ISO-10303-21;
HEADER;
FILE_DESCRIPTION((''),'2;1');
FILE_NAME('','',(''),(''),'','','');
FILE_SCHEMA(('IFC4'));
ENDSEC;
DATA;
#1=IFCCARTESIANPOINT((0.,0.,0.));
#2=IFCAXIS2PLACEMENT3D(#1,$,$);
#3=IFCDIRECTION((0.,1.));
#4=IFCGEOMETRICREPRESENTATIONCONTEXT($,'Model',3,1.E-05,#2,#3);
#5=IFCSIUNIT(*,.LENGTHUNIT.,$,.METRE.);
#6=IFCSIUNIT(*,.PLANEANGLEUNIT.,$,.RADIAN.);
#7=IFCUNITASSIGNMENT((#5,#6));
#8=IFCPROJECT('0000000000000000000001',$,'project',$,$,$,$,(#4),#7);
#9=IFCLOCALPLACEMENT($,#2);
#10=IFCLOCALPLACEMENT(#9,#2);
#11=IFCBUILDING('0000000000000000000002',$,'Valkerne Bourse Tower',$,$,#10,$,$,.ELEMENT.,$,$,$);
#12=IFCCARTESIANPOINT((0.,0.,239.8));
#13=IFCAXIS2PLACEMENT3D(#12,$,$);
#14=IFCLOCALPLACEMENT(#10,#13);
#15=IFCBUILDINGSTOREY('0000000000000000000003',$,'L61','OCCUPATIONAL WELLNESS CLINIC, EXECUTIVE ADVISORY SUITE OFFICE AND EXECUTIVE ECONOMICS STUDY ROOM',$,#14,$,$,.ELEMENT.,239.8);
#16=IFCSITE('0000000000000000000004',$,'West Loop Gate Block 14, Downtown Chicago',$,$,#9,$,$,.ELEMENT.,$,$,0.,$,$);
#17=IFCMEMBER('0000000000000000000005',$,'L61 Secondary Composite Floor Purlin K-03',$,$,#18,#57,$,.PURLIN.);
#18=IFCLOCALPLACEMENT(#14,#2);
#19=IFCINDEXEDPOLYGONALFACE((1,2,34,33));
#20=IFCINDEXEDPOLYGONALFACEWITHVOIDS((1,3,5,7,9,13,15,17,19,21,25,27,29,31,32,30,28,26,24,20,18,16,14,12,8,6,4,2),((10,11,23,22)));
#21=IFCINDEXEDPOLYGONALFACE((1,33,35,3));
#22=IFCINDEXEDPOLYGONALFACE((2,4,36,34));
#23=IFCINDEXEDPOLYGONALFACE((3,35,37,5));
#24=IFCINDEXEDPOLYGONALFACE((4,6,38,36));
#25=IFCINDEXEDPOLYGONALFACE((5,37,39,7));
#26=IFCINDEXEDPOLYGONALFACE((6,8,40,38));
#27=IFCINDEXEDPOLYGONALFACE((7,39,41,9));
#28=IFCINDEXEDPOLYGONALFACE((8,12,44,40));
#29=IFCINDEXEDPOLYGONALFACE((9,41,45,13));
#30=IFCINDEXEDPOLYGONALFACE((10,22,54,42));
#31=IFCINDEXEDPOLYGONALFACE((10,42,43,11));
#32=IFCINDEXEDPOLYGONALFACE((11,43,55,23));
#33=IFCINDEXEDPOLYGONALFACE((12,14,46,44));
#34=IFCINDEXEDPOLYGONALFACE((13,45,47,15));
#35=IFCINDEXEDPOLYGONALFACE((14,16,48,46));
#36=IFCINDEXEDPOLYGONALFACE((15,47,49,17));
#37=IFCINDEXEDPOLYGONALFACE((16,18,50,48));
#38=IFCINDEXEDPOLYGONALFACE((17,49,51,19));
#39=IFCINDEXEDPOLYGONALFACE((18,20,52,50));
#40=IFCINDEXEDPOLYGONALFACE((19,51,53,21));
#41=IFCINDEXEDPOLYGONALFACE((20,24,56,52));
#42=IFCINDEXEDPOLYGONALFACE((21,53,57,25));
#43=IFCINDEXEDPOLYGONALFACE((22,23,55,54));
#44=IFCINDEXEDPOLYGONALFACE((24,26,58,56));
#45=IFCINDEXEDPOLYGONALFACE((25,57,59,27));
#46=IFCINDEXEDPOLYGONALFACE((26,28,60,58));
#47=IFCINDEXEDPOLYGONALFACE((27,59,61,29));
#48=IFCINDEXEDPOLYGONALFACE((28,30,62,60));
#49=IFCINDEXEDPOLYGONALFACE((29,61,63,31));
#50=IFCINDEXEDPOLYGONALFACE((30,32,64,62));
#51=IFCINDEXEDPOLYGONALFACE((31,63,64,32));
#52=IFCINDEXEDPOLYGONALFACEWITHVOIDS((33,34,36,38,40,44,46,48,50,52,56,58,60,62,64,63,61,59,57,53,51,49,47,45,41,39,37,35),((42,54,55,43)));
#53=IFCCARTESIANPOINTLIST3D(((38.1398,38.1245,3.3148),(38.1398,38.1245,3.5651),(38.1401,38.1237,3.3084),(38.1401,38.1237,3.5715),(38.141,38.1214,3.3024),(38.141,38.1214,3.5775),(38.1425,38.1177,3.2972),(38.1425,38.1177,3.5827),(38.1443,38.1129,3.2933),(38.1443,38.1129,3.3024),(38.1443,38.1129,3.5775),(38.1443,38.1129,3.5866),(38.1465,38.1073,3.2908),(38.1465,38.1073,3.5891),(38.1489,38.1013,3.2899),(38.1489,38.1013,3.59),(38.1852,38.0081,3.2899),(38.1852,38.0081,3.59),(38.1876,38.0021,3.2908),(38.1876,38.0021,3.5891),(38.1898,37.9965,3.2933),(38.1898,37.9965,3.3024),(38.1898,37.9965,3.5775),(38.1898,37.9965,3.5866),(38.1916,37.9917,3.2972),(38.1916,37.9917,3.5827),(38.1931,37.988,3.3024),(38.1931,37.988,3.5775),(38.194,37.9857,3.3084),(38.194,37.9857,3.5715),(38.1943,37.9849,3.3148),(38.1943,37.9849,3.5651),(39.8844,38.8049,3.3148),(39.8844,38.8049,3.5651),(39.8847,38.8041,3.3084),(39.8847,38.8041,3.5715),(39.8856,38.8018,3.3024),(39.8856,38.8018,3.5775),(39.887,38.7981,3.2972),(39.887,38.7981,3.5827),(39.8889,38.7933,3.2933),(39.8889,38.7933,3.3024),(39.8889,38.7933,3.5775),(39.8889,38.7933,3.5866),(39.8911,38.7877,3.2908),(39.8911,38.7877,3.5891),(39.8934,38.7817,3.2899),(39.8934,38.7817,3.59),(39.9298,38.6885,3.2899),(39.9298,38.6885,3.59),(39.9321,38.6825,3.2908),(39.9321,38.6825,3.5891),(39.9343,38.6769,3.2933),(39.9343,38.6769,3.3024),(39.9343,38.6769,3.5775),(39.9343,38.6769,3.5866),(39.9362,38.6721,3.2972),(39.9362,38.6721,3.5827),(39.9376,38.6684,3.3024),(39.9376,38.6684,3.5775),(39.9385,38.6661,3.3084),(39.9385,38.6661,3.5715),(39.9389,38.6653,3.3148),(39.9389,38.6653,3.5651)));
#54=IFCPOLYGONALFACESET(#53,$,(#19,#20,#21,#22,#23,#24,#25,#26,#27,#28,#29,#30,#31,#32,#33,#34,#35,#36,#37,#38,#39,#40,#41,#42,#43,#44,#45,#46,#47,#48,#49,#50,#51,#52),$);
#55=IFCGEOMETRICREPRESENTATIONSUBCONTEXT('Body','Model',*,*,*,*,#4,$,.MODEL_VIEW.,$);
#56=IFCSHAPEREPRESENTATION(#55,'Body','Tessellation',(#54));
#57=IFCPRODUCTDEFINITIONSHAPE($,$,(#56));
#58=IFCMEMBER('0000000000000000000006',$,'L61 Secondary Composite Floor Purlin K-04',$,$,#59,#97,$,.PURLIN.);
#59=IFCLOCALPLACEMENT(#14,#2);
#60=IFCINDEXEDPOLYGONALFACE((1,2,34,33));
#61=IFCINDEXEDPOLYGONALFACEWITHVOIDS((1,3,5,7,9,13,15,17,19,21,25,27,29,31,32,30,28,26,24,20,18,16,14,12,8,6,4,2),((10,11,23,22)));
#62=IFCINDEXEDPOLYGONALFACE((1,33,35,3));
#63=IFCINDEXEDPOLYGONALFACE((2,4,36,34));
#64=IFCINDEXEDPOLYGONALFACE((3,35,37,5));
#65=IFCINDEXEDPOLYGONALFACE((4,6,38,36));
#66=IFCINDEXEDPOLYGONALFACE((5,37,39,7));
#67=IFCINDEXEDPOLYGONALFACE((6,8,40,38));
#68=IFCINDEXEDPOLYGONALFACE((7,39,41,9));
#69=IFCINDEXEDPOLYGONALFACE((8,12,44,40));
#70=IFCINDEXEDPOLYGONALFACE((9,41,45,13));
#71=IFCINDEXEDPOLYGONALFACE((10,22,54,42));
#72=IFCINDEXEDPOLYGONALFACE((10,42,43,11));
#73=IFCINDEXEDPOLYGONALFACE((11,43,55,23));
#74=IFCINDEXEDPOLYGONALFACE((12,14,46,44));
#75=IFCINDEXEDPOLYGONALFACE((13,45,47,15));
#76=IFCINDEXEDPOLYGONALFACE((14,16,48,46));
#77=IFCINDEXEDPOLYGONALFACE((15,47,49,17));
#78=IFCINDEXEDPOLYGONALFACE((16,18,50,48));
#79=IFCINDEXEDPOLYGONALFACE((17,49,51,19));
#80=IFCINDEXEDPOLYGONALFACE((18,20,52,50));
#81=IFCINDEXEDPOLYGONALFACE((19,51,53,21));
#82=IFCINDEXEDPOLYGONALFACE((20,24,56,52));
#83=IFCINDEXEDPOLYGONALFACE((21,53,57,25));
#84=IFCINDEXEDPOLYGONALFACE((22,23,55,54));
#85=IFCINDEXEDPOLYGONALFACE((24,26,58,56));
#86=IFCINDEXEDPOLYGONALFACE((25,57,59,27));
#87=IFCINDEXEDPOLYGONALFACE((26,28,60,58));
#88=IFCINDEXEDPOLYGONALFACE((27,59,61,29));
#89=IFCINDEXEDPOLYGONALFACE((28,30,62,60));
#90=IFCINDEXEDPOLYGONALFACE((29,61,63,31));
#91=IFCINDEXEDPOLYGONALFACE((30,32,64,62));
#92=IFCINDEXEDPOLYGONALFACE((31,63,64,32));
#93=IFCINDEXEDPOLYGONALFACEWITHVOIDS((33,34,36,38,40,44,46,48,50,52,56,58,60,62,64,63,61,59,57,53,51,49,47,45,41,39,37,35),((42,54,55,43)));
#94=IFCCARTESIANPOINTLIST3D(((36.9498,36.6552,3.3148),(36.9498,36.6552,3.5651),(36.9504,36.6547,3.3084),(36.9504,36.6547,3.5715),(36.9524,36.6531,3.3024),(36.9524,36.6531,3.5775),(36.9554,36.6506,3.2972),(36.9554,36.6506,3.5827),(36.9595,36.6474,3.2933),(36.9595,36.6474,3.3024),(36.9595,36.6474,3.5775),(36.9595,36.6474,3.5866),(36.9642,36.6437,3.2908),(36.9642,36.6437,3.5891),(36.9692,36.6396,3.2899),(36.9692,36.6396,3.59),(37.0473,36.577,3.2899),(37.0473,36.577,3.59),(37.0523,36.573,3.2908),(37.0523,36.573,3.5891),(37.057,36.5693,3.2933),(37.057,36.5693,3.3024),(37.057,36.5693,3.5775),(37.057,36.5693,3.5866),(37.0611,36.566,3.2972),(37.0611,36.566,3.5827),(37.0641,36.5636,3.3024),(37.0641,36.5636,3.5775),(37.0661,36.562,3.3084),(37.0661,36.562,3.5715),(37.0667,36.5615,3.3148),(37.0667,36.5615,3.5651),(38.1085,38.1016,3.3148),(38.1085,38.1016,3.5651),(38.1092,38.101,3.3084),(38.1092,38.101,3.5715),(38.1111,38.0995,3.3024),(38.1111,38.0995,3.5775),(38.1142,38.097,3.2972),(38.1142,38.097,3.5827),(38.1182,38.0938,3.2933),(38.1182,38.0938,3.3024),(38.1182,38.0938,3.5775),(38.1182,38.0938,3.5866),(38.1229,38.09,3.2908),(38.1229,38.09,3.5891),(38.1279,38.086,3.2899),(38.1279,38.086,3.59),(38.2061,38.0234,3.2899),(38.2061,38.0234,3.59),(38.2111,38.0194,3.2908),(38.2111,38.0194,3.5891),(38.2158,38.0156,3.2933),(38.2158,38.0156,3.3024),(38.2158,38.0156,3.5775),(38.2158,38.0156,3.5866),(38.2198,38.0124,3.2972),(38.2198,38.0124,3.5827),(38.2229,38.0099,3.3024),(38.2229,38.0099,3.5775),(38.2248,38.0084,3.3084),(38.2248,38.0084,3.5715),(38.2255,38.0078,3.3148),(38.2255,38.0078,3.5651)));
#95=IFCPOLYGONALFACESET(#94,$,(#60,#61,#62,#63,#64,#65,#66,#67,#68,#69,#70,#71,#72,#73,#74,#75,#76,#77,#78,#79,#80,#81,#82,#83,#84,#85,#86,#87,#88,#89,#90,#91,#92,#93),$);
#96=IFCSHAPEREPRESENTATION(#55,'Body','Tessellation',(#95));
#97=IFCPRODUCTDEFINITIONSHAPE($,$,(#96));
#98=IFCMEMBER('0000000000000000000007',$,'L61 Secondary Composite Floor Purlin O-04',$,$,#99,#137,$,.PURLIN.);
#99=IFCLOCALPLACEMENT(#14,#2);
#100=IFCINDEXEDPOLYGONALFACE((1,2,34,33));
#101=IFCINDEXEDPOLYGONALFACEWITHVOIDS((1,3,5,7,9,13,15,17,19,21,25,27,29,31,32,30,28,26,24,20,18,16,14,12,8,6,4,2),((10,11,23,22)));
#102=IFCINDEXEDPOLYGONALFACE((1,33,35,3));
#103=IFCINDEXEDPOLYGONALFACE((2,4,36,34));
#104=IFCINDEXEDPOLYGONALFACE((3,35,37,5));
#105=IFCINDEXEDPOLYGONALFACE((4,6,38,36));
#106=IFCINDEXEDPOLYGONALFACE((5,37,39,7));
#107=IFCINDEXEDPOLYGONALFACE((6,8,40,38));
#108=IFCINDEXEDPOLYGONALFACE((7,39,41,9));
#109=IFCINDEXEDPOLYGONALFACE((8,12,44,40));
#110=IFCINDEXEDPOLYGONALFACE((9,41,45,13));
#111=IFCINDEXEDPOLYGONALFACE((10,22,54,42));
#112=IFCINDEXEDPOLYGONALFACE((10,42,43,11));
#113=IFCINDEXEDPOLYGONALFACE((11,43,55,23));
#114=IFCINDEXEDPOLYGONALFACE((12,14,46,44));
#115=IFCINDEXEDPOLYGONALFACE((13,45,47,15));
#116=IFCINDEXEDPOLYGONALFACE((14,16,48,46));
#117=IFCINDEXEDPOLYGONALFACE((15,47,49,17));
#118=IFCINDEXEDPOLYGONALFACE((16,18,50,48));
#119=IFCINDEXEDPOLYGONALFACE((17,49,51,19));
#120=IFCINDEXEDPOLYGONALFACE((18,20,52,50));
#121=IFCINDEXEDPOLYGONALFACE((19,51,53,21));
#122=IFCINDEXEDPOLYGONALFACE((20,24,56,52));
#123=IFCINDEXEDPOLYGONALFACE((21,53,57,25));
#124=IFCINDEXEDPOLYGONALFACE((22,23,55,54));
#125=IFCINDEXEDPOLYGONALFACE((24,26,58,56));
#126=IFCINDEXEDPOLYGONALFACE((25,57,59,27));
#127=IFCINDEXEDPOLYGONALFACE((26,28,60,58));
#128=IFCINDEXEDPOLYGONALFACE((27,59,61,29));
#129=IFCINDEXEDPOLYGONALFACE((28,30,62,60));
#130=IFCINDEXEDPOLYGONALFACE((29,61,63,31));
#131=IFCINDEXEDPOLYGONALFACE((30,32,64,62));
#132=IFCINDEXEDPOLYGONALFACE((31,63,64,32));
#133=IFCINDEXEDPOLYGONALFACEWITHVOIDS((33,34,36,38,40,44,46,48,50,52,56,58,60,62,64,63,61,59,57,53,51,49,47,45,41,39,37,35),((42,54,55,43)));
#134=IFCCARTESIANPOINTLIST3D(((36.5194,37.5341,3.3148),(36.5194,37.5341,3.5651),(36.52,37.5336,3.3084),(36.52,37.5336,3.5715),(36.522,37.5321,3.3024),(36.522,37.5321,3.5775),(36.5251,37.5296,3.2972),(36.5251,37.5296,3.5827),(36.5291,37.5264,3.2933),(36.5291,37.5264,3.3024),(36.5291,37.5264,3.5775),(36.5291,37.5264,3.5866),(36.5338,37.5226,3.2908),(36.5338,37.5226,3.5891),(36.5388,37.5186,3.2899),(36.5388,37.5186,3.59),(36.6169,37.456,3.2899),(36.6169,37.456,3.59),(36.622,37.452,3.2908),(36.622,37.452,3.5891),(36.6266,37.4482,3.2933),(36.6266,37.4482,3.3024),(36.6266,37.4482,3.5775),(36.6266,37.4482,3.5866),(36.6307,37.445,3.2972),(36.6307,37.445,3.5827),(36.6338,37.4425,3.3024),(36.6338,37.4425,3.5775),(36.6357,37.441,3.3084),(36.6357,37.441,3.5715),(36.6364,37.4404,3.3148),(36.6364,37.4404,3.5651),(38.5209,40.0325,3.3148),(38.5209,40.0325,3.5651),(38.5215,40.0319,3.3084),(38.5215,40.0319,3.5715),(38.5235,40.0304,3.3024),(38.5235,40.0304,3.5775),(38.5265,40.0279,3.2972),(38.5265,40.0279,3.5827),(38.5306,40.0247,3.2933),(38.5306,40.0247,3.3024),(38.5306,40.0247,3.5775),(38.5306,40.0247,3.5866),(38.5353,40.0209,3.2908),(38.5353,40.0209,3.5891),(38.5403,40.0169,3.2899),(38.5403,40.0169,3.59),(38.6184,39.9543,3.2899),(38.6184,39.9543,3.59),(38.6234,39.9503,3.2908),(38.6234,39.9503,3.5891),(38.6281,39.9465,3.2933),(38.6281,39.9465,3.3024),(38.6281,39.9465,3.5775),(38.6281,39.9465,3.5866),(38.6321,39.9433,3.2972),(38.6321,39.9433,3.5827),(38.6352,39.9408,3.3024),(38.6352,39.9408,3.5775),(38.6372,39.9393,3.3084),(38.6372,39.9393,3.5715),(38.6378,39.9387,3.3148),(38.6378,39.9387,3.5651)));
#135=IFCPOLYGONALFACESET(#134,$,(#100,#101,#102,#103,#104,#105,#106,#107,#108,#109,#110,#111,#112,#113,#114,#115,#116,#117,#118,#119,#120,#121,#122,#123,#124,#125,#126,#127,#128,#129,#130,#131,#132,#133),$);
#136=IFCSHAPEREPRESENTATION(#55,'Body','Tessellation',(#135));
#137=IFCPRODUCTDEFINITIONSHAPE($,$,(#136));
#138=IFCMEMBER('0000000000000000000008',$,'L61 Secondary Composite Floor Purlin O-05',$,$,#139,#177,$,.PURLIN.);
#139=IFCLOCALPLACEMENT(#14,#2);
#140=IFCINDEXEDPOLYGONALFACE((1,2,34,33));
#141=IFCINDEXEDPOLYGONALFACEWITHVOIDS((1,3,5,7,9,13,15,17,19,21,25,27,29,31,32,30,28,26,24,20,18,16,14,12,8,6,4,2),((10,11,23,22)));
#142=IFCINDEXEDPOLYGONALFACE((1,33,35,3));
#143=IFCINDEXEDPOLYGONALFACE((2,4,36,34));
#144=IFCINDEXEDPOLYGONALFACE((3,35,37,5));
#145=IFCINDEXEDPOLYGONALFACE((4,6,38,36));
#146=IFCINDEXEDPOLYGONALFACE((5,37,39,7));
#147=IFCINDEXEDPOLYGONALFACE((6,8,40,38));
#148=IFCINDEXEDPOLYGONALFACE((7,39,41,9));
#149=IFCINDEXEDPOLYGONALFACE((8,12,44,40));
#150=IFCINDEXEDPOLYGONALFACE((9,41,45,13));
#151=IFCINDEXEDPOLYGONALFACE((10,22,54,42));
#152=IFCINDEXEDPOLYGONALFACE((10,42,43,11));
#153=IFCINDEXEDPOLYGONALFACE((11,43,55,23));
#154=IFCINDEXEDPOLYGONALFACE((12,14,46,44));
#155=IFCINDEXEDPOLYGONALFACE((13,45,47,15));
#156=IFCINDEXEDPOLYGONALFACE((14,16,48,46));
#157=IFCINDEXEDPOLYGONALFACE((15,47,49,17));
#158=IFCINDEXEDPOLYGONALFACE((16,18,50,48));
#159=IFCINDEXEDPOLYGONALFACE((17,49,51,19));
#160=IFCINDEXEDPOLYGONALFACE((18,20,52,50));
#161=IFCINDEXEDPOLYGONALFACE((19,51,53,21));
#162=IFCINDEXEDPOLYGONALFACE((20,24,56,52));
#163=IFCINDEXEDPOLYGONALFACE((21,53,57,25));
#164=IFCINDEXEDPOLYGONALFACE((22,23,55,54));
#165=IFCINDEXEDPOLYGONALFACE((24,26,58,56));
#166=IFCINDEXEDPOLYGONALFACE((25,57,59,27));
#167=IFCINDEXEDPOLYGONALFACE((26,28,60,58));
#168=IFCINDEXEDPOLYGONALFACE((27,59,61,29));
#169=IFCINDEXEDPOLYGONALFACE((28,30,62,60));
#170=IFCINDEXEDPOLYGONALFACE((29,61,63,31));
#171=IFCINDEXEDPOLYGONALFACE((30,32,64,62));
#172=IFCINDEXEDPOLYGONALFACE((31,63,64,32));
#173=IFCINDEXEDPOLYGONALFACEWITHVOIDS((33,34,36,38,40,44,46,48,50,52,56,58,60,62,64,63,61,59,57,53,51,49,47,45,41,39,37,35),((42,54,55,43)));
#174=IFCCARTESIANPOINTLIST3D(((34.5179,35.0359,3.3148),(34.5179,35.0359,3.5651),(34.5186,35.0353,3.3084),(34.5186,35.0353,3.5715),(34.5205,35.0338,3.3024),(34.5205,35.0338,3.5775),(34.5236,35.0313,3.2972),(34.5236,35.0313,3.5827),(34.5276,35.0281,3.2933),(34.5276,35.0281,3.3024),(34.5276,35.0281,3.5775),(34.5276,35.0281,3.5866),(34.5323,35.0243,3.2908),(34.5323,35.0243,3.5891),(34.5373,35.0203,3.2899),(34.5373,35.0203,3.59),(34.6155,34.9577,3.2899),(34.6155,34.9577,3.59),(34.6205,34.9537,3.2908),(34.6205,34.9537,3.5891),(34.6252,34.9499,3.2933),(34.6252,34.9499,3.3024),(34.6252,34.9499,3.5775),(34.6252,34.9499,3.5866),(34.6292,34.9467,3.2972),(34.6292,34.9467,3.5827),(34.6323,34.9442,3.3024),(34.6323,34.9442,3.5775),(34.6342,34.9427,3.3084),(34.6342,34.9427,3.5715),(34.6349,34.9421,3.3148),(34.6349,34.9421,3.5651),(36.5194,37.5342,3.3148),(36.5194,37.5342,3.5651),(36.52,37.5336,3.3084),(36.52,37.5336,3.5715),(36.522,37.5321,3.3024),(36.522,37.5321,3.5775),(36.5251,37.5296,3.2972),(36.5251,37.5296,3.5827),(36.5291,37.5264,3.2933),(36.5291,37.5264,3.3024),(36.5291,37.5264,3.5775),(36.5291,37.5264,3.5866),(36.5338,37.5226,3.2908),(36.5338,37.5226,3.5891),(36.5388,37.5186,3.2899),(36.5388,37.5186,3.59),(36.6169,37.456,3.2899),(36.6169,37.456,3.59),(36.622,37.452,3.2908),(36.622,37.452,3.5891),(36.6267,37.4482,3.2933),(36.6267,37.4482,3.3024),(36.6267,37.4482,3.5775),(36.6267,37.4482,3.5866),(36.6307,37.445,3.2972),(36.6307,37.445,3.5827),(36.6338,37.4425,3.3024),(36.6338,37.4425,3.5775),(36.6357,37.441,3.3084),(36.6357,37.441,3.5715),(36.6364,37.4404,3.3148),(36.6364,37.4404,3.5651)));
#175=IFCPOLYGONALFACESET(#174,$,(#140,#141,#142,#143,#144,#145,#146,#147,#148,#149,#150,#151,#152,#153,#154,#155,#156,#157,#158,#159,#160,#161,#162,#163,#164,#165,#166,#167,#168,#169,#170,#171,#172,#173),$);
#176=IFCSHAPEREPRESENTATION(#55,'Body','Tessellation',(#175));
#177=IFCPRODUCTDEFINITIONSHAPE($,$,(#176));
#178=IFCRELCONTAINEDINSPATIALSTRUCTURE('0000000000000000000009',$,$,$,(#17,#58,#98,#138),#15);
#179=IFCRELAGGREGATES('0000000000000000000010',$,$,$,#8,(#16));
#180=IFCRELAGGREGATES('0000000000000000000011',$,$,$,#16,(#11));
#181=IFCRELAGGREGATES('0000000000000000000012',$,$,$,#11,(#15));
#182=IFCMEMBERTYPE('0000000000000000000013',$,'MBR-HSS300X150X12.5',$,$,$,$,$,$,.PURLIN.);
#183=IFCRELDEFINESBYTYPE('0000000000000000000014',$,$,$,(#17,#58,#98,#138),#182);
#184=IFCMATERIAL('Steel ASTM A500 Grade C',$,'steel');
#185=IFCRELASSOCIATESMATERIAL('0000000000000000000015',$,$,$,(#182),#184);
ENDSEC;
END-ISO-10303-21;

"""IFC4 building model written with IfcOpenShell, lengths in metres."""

from ifc_helpers import new_model, si_unit, direction, frame, origin, origin_2d, place, context, subcontext, project, spatial, hollow_rectangle, extrude, material, material_profile, profile_set, type_object, element, save


model = new_model("IFC4")

# Units and contexts
model_context = context("Model", 3, precision=1e-05, world=origin(), true_north=direction((0.0, 1.0)))
body_context = subcontext(model_context, "Body", "Model", "MODEL_VIEW")
ifc_project = project(units=[si_unit("LENGTHUNIT", "METRE"), si_unit("PLANEANGLEUNIT", "RADIAN")], contexts=[model_context])

# Site, building, storey
site_placement = place(None, origin())
site = spatial("IfcSite", under=ifc_project, at=site_placement, Name="West Loop Gate Block 14, Downtown Chicago", CompositionType="ELEMENT", RefElevation=0.0)
building_placement = place(site_placement, origin())
building = spatial("IfcBuilding", under=site, at=building_placement, Name="Valkerne Bourse Tower", CompositionType="ELEMENT")
storey_placement = place(building_placement, frame((0.0, 0.0, 239.8)))
storey = spatial("IfcBuildingStorey", under=building, at=storey_placement, Name="L61", Description="OCCUPATIONAL WELLNESS CLINIC, EXECUTIVE ADVISORY SUITE OFFICE AND EXECUTIVE ECONOMICS STUDY ROOM", CompositionType="ELEMENT", Elevation=239.8)

# Members
ifc_material_1 = material(Name="Steel ASTM A500 Grade C", Category="steel")
ifc_material_profile_1 = material_profile(ifc_material_1, hollow_rectangle(XDim=0.1499, YDim=0.3, WallThickness=0.0125, OuterFilletRadius=0.0249, at=origin_2d()), Name="HSS300X150X12.5")
ifc_profile_set_1 = profile_set([ifc_material_profile_1], Name="Steel ASTM A500 Grade C")
member_type_1 = type_object("IfcMemberType", Name="MBR-HSS300X150X12.5", PredefinedType="PURLIN", material=ifc_profile_set_1)
member_1_placement = place(storey_placement, frame((39.9116, 38.7351, 3.4399), z_axis=(-0.931652, -0.363352, 0.0), x_axis=(0.363352, -0.931652, 0.0)))
element("IfcMember", 1, at=member_1_placement, inside=storey, type_object=member_type_1, Name="L61 Secondary Composite Floor Purlin K-03", PredefinedType="PURLIN", context=body_context, shape_type="SweptSolid", body=[
    extrude(hollow_rectangle(XDim=0.1499, YDim=0.3, WallThickness=0.0125, OuterFilletRadius=0.0249, at=origin_2d()), origin(), (0.0, 0.0, 1.0), 1.8726),
])
member_2_placement = place(storey_placement, frame((38.167, 38.0547, 3.4399), z_axis=(-0.625241, -0.780432, 0.0), x_axis=(0.780432, -0.625241, 0.0)))
element("IfcMember", 2, at=member_2_placement, inside=storey, type_object=member_type_1, Name="L61 Secondary Composite Floor Purlin K-04", PredefinedType="PURLIN", context=body_context, shape_type="SweptSolid", body=[
    extrude(hollow_rectangle(XDim=0.1499, YDim=0.3, WallThickness=0.0125, OuterFilletRadius=0.0249, at=origin_2d()), origin(), (0.0, 0.0, 1.0), 1.8533),
])
for number, where, z_axis, x_axis, name in (
    (3, (38.5793, 39.9856, 3.4399), (-0.625234, -0.780437, 0.0), (0.780437, -0.625234, 0.0), "L61 Secondary Composite Floor Purlin O-04"),
    (4, (36.5779, 37.4873, 3.4399), (-0.625234, -0.780437, 0.0), (0.780437, -0.625234, 0.0), "L61 Secondary Composite Floor Purlin O-05"),
):
    element("IfcMember", number, at=place(storey_placement, frame(where, z_axis=z_axis, x_axis=x_axis)), inside=storey, type_object=member_type_1, Name=name, PredefinedType="PURLIN", context=body_context, shape_type="SweptSolid", body=[
        extrude(hollow_rectangle(XDim=0.1499, YDim=0.3, WallThickness=0.0125, OuterFilletRadius=0.0249, at=origin_2d()), origin(), (0.0, 0.0, 1.0), 3.2012),
    ])

save(model, "model.ifc")
